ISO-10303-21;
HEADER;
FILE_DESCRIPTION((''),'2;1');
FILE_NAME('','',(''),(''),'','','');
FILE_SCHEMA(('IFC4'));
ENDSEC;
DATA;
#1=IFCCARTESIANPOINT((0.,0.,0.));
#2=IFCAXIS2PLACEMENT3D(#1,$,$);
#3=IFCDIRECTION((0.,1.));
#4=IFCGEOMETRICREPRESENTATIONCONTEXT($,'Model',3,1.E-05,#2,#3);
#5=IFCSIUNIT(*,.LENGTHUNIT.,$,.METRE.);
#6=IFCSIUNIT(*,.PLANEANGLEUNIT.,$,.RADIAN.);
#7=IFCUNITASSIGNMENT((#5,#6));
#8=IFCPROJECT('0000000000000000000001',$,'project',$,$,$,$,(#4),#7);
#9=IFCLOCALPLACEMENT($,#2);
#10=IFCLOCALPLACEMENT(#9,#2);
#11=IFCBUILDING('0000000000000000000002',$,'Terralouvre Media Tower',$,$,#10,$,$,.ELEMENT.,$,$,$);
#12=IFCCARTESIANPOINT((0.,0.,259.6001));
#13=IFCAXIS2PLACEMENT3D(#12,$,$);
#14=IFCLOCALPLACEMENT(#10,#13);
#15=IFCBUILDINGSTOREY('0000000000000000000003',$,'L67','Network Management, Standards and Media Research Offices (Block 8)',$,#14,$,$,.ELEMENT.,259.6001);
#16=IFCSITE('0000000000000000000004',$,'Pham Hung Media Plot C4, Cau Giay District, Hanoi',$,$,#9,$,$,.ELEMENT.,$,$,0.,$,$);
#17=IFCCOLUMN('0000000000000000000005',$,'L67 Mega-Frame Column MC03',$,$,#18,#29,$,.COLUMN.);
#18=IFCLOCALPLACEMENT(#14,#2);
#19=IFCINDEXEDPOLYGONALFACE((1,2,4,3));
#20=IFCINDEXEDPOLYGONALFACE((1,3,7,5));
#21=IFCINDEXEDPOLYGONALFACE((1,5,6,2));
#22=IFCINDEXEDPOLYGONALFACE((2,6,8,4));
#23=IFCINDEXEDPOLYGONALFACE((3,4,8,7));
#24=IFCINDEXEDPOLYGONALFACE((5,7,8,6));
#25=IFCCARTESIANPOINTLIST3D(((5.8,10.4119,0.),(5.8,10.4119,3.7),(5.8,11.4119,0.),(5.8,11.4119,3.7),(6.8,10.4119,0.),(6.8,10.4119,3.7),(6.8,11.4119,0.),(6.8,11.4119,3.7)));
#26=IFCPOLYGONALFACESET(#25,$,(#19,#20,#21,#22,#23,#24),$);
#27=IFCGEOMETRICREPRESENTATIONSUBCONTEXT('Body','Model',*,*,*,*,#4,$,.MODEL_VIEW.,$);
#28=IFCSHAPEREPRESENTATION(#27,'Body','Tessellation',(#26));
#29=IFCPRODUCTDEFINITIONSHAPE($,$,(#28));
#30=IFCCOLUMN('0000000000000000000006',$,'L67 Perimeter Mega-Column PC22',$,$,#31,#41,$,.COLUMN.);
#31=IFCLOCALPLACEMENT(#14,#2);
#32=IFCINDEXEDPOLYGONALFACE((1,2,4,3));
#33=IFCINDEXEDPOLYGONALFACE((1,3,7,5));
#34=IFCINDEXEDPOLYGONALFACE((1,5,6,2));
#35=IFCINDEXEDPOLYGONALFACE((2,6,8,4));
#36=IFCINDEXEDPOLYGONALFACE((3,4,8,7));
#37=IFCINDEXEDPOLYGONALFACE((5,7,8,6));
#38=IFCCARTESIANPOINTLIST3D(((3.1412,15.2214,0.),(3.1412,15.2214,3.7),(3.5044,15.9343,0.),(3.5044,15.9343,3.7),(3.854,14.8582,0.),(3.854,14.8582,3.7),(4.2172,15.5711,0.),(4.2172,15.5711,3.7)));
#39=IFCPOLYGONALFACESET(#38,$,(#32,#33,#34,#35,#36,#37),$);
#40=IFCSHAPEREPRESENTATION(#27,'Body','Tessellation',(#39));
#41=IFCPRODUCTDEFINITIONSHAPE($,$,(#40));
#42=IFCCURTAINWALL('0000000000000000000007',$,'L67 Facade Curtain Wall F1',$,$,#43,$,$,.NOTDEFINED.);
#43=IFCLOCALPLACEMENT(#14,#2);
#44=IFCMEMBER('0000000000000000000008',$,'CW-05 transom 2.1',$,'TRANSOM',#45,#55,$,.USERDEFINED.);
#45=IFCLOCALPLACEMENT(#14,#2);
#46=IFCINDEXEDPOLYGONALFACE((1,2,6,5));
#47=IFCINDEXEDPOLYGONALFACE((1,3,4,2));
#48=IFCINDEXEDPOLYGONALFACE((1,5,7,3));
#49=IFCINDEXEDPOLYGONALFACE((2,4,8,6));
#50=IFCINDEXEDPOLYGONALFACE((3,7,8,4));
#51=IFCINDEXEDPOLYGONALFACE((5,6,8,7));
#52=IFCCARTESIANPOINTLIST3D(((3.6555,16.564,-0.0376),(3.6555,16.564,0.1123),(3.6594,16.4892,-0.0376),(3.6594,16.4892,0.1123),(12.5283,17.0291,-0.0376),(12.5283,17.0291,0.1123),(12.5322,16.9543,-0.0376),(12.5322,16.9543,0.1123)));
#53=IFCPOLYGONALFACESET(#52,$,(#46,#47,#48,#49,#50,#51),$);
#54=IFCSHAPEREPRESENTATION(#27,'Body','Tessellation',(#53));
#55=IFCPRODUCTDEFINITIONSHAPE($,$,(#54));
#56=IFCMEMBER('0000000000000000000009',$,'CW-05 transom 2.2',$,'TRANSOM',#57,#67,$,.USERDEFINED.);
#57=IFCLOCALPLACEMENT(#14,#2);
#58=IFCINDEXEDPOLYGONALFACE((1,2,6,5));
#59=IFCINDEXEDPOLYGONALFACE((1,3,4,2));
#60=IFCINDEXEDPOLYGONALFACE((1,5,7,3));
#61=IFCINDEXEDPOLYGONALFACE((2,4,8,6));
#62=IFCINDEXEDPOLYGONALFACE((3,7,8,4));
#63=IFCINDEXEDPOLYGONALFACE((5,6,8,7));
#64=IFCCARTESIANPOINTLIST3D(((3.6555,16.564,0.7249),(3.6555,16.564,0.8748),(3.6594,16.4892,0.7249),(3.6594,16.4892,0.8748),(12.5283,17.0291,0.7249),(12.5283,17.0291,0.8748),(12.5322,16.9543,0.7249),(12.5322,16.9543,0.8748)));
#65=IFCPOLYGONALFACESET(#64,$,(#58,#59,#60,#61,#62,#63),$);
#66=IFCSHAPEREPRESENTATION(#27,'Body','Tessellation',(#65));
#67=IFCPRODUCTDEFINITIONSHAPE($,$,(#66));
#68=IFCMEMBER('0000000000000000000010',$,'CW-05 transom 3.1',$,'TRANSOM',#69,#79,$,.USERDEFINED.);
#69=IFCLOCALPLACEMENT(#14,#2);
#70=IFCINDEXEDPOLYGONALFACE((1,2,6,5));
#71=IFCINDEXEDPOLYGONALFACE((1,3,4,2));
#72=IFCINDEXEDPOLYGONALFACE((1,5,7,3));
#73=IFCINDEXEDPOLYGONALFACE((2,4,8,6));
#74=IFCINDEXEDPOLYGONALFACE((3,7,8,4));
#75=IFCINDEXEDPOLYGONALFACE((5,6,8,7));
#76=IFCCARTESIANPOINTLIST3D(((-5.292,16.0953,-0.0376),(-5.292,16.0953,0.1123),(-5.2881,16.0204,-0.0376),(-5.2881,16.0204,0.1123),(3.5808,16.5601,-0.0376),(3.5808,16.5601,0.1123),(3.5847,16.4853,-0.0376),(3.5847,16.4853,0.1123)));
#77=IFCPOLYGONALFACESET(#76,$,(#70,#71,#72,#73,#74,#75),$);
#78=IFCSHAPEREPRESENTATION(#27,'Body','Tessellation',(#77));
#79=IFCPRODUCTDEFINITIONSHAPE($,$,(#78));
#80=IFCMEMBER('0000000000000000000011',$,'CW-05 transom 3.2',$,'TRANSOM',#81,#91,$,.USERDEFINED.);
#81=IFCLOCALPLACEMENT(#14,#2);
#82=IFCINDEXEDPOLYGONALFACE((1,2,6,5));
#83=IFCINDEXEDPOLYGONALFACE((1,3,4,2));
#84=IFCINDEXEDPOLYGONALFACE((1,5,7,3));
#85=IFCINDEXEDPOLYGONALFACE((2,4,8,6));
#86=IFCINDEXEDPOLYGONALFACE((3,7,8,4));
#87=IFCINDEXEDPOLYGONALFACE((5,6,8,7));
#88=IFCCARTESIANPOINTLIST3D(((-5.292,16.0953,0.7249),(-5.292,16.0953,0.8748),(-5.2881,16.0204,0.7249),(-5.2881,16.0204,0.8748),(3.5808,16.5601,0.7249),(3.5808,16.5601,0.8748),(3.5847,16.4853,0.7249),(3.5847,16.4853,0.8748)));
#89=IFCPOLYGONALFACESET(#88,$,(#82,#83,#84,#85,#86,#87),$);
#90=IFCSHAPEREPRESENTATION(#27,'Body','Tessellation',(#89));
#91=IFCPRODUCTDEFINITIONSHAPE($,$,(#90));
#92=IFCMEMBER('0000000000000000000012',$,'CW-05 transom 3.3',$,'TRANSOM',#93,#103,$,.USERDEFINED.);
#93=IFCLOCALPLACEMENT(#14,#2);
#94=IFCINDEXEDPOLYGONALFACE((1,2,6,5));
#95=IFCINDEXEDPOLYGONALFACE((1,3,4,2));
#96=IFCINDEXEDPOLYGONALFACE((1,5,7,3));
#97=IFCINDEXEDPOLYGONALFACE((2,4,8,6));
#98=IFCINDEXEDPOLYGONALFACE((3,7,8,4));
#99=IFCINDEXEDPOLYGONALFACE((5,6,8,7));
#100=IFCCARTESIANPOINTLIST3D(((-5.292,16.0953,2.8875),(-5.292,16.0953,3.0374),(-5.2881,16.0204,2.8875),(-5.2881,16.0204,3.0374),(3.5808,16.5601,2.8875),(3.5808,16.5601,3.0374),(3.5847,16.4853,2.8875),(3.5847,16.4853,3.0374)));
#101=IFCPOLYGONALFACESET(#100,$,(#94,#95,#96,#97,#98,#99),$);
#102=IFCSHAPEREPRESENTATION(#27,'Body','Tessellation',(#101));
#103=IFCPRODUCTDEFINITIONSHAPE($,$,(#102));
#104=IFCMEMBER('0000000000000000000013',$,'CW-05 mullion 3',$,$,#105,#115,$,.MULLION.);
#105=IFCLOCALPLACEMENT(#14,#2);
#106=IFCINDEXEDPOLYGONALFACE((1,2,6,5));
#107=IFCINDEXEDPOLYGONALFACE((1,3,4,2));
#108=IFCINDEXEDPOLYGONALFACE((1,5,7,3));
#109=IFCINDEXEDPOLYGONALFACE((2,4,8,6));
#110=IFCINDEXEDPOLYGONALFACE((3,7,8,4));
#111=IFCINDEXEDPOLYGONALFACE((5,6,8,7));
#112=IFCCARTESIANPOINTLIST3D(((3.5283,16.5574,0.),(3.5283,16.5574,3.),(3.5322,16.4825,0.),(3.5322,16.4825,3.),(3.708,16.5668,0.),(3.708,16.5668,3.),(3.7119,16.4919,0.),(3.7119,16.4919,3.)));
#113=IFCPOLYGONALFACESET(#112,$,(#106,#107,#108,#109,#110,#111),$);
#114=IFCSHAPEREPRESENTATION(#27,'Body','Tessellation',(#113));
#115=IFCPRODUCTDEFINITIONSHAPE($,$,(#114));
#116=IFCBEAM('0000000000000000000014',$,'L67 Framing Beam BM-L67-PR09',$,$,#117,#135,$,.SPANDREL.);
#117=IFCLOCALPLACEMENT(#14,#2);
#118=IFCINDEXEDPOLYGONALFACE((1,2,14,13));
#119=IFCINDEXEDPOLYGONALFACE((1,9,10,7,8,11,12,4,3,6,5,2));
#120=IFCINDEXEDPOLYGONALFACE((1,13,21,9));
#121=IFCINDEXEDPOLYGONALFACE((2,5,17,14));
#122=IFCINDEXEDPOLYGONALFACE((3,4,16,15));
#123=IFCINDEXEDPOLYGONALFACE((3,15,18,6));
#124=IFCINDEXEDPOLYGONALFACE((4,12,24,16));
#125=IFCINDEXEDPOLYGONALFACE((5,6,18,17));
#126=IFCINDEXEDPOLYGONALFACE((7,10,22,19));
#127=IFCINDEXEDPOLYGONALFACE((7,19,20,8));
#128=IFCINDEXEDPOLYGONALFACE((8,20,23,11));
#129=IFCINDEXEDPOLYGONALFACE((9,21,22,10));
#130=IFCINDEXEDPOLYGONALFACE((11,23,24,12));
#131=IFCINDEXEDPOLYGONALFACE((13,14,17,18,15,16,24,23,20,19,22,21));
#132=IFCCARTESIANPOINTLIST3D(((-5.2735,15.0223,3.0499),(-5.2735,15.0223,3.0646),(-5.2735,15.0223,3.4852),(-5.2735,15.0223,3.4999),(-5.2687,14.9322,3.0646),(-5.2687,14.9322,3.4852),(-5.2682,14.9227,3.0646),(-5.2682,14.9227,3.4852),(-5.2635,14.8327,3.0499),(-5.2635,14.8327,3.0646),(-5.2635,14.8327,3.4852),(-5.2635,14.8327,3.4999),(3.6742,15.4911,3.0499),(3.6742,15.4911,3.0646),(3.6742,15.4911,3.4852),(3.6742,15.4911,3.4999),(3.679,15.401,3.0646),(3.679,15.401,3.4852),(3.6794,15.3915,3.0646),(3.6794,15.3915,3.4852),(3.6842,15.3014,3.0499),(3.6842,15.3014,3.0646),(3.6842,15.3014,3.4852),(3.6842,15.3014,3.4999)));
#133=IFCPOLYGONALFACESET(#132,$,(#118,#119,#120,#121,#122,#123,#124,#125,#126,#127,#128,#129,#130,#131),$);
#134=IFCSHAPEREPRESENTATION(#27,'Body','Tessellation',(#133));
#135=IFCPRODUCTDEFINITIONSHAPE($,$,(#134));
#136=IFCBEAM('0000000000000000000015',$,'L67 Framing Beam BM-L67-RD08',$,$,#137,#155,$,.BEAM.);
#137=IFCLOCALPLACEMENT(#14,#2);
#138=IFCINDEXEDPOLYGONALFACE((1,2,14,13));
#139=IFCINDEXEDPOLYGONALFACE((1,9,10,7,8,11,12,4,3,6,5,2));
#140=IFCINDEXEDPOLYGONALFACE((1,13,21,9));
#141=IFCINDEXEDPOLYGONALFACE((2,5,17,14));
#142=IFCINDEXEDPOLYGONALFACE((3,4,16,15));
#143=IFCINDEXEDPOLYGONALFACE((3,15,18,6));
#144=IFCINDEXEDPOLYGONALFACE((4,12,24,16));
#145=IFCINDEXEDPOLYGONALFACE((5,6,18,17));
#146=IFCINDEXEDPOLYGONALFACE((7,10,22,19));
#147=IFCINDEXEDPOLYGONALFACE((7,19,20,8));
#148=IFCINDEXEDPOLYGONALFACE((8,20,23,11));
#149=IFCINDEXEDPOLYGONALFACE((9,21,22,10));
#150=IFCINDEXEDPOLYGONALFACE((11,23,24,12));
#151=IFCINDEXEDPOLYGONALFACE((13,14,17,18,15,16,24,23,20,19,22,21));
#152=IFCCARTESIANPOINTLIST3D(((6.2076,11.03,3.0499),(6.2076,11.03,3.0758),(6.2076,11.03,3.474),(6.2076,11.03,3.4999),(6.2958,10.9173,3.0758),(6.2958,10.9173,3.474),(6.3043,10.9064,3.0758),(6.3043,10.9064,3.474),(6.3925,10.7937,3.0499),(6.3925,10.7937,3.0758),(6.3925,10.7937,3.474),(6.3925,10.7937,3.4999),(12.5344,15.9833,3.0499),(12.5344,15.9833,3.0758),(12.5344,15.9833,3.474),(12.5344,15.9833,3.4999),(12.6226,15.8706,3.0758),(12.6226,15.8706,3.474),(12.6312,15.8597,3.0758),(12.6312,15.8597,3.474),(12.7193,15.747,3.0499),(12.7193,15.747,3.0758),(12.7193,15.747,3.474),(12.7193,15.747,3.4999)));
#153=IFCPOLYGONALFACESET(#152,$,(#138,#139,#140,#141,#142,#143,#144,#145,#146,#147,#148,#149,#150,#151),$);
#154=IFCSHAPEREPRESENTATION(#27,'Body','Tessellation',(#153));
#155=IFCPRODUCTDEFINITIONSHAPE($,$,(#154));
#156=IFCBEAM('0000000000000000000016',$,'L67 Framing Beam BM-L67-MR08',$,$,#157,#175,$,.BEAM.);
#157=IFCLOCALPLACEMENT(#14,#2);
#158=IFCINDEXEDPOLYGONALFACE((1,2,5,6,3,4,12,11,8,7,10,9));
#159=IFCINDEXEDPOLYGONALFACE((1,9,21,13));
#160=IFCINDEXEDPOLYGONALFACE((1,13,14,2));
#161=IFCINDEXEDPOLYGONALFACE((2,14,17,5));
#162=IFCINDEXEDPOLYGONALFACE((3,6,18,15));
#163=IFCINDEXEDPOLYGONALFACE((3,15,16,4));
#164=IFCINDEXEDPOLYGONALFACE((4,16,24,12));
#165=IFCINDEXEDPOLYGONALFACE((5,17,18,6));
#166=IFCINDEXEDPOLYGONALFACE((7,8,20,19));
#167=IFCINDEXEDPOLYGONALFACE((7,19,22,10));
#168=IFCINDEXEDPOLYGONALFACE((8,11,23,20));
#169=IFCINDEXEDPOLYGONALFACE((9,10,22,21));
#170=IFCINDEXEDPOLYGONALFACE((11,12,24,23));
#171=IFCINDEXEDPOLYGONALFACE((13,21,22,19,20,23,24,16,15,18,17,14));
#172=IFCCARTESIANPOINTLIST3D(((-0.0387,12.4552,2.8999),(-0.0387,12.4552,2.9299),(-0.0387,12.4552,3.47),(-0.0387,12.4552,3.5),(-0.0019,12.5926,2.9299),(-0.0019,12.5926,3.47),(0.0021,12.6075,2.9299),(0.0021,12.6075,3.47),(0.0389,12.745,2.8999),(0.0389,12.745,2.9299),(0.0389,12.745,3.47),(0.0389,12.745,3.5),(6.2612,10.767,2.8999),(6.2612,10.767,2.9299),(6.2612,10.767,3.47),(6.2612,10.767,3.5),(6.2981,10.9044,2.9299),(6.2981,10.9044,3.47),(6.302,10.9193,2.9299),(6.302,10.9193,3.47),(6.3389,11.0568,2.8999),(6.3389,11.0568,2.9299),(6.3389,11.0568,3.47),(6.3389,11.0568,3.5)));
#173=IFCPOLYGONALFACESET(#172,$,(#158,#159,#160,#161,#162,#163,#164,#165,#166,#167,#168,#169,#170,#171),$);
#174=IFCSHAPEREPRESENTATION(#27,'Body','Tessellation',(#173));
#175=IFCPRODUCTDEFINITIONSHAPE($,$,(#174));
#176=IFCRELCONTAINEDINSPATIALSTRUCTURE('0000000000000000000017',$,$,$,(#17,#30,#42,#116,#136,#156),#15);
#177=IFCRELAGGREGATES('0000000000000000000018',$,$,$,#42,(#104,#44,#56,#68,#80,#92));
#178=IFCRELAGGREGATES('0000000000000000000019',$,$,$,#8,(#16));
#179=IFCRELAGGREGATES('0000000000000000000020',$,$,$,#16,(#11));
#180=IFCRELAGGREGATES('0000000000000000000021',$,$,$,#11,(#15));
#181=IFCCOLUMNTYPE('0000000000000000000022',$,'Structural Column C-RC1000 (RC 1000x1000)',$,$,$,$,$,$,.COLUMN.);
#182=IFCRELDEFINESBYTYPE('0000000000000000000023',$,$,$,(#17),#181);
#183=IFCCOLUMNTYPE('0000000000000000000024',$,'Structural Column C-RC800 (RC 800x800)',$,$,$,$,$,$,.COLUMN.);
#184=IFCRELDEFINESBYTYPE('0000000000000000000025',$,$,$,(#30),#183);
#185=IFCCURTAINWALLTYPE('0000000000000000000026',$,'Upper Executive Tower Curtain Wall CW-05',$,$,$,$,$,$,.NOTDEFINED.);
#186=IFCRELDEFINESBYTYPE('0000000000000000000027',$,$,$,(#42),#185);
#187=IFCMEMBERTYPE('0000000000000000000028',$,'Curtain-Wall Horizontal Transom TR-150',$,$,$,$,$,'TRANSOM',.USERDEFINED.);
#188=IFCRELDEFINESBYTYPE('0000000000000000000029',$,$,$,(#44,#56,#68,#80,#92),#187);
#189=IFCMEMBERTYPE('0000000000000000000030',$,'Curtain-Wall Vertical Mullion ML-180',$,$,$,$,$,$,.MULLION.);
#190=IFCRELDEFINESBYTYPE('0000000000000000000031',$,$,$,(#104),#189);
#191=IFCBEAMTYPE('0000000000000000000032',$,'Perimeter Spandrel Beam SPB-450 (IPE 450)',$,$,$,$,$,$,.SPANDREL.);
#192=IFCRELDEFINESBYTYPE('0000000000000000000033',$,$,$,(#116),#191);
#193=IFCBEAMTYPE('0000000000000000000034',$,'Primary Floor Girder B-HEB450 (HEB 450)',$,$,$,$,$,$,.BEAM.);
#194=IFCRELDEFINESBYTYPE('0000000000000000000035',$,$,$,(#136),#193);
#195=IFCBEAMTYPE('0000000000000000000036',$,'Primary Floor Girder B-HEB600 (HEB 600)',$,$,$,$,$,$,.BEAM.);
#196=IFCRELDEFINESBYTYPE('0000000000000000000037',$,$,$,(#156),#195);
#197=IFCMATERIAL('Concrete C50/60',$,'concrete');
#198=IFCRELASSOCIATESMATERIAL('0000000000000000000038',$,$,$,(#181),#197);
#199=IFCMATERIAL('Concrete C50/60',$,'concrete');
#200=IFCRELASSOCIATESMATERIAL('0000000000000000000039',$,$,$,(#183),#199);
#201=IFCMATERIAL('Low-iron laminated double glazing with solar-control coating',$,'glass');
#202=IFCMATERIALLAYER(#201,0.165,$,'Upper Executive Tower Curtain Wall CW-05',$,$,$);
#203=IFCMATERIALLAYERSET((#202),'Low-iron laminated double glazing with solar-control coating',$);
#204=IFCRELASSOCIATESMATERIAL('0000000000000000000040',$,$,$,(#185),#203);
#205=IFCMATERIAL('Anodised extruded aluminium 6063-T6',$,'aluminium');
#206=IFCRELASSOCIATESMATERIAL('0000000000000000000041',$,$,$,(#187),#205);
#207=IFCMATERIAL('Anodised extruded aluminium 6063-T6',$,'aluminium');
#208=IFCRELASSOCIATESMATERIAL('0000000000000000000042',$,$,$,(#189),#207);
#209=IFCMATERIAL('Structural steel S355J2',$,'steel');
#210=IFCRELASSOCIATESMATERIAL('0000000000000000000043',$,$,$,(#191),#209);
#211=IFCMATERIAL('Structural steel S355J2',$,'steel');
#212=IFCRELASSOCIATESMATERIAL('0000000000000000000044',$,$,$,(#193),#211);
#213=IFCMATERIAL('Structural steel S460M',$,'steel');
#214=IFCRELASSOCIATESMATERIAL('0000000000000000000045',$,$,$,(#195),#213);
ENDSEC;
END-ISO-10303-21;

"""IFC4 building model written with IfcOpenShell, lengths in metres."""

from ifc_helpers import new_model, si_unit, direction, frame, origin, origin_2d, place, context, subcontext, project, spatial, rectangle, i_section, extrude, material, layer, layer_set, material_profile, profile_set, type_object, element, aggregate, save


model = new_model("IFC4")

# Units and contexts
model_context = context("Model", 3, precision=1e-05, world=origin(), true_north=direction((0.0, 1.0)))
body_context = subcontext(model_context, "Body", "Model", "MODEL_VIEW")
ifc_project = project(units=[si_unit("LENGTHUNIT", "METRE"), si_unit("PLANEANGLEUNIT", "RADIAN")], contexts=[model_context])

# Site, building, storey
site_placement = place(None, origin())
site = spatial("IfcSite", under=ifc_project, at=site_placement, Name="Pham Hung Media Plot C4, Cau Giay District, Hanoi", CompositionType="ELEMENT", RefElevation=0.0)
building_placement = place(site_placement, origin())
building = spatial("IfcBuilding", under=site, at=building_placement, Name="Terralouvre Media Tower", CompositionType="ELEMENT")
storey_placement = place(building_placement, frame((0.0, 0.0, 259.6001)))
storey = spatial("IfcBuildingStorey", under=building, at=storey_placement, Name="L67", Description="Network Management, Standards and Media Research Offices (Block 8)", CompositionType="ELEMENT", Elevation=259.6001)

# Columns
ifc_material_1 = material(Name="Concrete C50/60", Category="concrete")
ifc_material_profile_1 = material_profile(ifc_material_1, rectangle(XDim=1.0, YDim=1.0, at=origin_2d()), Name="RC 1000x1000")
ifc_profile_set_1 = profile_set([ifc_material_profile_1], Name="Concrete C50/60")
column_type_1 = type_object("IfcColumnType", Name="Structural Column C-RC1000 (RC 1000x1000)", PredefinedType="COLUMN", material=ifc_profile_set_1)
column_1_placement = place(storey_placement, frame((6.3, 10.9119, 0.0), z_axis=(0.0, 0.0, 1.0), x_axis=(1.0, 0.0, 0.0)))
element("IfcColumn", 1, at=column_1_placement, inside=storey, type_object=column_type_1, Name="L67 Mega-Frame Column MC03", PredefinedType="COLUMN", context=body_context, shape_type="SweptSolid", body=[
    extrude(rectangle(XDim=1.0, YDim=1.0, at=origin_2d()), origin(), (0.0, 0.0, 1.0), 3.7),
])
ifc_material_2 = material(Name="Concrete C50/60", Category="concrete")
ifc_material_profile_2 = material_profile(ifc_material_2, rectangle(XDim=0.8, YDim=0.8, at=origin_2d()), Name="RC 800x800")
ifc_profile_set_2 = profile_set([ifc_material_profile_2], Name="Concrete C50/60")
column_type_2 = type_object("IfcColumnType", Name="Structural Column C-RC800 (RC 800x800)", PredefinedType="COLUMN", material=ifc_profile_set_2)
column_2_placement = place(storey_placement, frame((3.6792, 15.3962, 0.0), z_axis=(0.0, 0.0, 1.0), x_axis=(0.45399, 0.891007, 0.0)))
element("IfcColumn", 2, at=column_2_placement, inside=storey, type_object=column_type_2, Name="L67 Perimeter Mega-Column PC22", PredefinedType="COLUMN", context=body_context, shape_type="SweptSolid", body=[
    extrude(rectangle(XDim=0.8, YDim=0.8, at=origin_2d()), origin(), (0.0, 0.0, 1.0), 3.7),
])

# Curtain wall, members
ifc_material_3 = material(Name="Low-iron laminated double glazing with solar-control coating", Category="glass")
ifc_layer_1 = layer(ifc_material_3, 0.165, Name="Upper Executive Tower Curtain Wall CW-05")
ifc_layer_set_1 = layer_set([ifc_layer_1], Name="Low-iron laminated double glazing with solar-control coating")
curtain_wall_type = type_object("IfcCurtainWallType", Name="Upper Executive Tower Curtain Wall CW-05", PredefinedType="NOTDEFINED", material=ifc_layer_set_1)
curtain_wall_placement = place(storey_placement, origin())
curtain_wall = element("IfcCurtainWall", 3, at=curtain_wall_placement, inside=storey, type_object=curtain_wall_type, Name="L67 Facade Curtain Wall F1", PredefinedType="NOTDEFINED")
ifc_material_4 = material(Name="Anodised extruded aluminium 6063-T6", Category="aluminium")
ifc_material_profile_3 = material_profile(ifc_material_4, rectangle(XDim=0.075, YDim=0.1499, at=origin_2d()), Name="ALU 75x150")
ifc_profile_set_3 = profile_set([ifc_material_profile_3], Name="Anodised extruded aluminium 6063-T6")
member_type_1 = type_object("IfcMemberType", Name="Curtain-Wall Horizontal Transom TR-150", ElementType="TRANSOM", PredefinedType="USERDEFINED", material=ifc_profile_set_3)
member_1_placement = place(storey_placement, frame((12.5303, 16.9917, 0.0374), z_axis=(-0.998629, -0.052345, 0.0), x_axis=(0.052345, -0.998629, 0.0)))
member_1 = element("IfcMember", 4, at=member_1_placement, type_object=member_type_1, Name="CW-05 transom 2.1", ObjectType="TRANSOM", PredefinedType="USERDEFINED", context=body_context, shape_type="SweptSolid", body=[
    extrude(rectangle(XDim=0.075, YDim=0.1499, at=origin_2d()), origin(), (0.0, 0.0, 1.0), 8.885),
])
member_2_placement = place(storey_placement, frame((12.5303, 16.9917, 0.7998), z_axis=(-0.998629, -0.052345, 0.0), x_axis=(0.052345, -0.998629, 0.0)))
member_2 = element("IfcMember", 5, at=member_2_placement, type_object=member_type_1, Name="CW-05 transom 2.2", ObjectType="TRANSOM", PredefinedType="USERDEFINED", context=body_context, shape_type="SweptSolid", body=[
    extrude(rectangle(XDim=0.075, YDim=0.1499, at=origin_2d()), origin(), (0.0, 0.0, 1.0), 8.885),
])
member_3_placement = place(storey_placement, frame((3.5828, 16.5227, 0.0374), z_axis=(-0.99863, -0.052318, 0.0), x_axis=(0.052318, -0.99863, 0.0)))
member_3 = element("IfcMember", 6, at=member_3_placement, type_object=member_type_1, Name="CW-05 transom 3.1", ObjectType="TRANSOM", PredefinedType="USERDEFINED", context=body_context, shape_type="SweptSolid", body=[
    extrude(rectangle(XDim=0.075, YDim=0.1499, at=origin_2d()), origin(), (0.0, 0.0, 1.0), 8.885),
])
member_4_placement = place(storey_placement, frame((3.5828, 16.5227, 0.7998), z_axis=(-0.99863, -0.052318, 0.0), x_axis=(0.052318, -0.99863, 0.0)))
member_4 = element("IfcMember", 7, at=member_4_placement, type_object=member_type_1, Name="CW-05 transom 3.2", ObjectType="TRANSOM", PredefinedType="USERDEFINED", context=body_context, shape_type="SweptSolid", body=[
    extrude(rectangle(XDim=0.075, YDim=0.1499, at=origin_2d()), origin(), (0.0, 0.0, 1.0), 8.885),
])
member_5_placement = place(storey_placement, frame((3.5828, 16.5227, 2.9624), z_axis=(-0.99863, -0.052318, 0.0), x_axis=(0.052318, -0.99863, 0.0)))
member_5 = element("IfcMember", 8, at=member_5_placement, type_object=member_type_1, Name="CW-05 transom 3.3", ObjectType="TRANSOM", PredefinedType="USERDEFINED", context=body_context, shape_type="SweptSolid", body=[
    extrude(rectangle(XDim=0.075, YDim=0.1499, at=origin_2d()), origin(), (0.0, 0.0, 1.0), 8.885),
])
ifc_material_5 = material(Name="Anodised extruded aluminium 6063-T6", Category="aluminium")
ifc_material_profile_4 = material_profile(ifc_material_5, rectangle(XDim=0.075, YDim=0.1799, at=origin_2d()), Name="ALU 75x180")
ifc_profile_set_4 = profile_set([ifc_material_profile_4], Name="Anodised extruded aluminium 6063-T6")
member_type_2 = type_object("IfcMemberType", Name="Curtain-Wall Vertical Mullion ML-180", PredefinedType="MULLION", material=ifc_profile_set_4)
member_6_placement = place(storey_placement, frame((3.6201, 16.5247, 0.0), z_axis=(0.0, 0.0, 1.0), x_axis=(0.052336, -0.99863, 0.0)))
member_6 = element("IfcMember", 9, at=member_6_placement, type_object=member_type_2, Name="CW-05 mullion 3", PredefinedType="MULLION", context=body_context, shape_type="SweptSolid", body=[
    extrude(rectangle(XDim=0.075, YDim=0.1799, at=origin_2d()), origin(), (0.0, 0.0, 1.0), 3.0),
])

# Beams
ifc_material_6 = material(Name="Structural steel S355J2", Category="steel")
ifc_material_profile_5 = material_profile(ifc_material_6, i_section(OverallWidth=0.1899, OverallDepth=0.45, WebThickness=0.0095, FlangeThickness=0.0146, at=origin_2d()), Name="IPE 450")
ifc_profile_set_5 = profile_set([ifc_material_profile_5], Name="Structural steel S355J2")
beam_type_1 = type_object("IfcBeamType", Name="Perimeter Spandrel Beam SPB-450 (IPE 450)", PredefinedType="SPANDREL", material=ifc_profile_set_5)
beam_1_placement = place(storey_placement, frame((3.6792, 15.3962, 3.2749), z_axis=(-0.998631, -0.052316, 0.0), x_axis=(0.052316, -0.998631, 0.0)))
element("IfcBeam", 10, at=beam_1_placement, inside=storey, type_object=beam_type_1, Name="L67 Framing Beam BM-L67-PR09", PredefinedType="SPANDREL", context=body_context, shape_type="SweptSolid", body=[
    extrude(i_section(OverallWidth=0.1899, OverallDepth=0.45, WebThickness=0.0095, FlangeThickness=0.0146, at=origin_2d()), origin(), (0.0, 0.0, 1.0), 8.96),
])
ifc_material_7 = material(Name="Structural steel S355J2", Category="steel")
ifc_material_profile_6 = material_profile(ifc_material_7, i_section(OverallWidth=0.3, OverallDepth=0.45, WebThickness=0.0139, FlangeThickness=0.0259, at=origin_2d()), Name="HEB 450")
ifc_profile_set_6 = profile_set([ifc_material_profile_6], Name="Structural steel S355J2")
beam_type_2 = type_object("IfcBeamType", Name="Primary Floor Girder B-HEB450 (HEB 450)", PredefinedType="BEAM", material=ifc_profile_set_6)
beam_2_placement = place(storey_placement, frame((6.3, 10.9119, 3.2749), z_axis=(0.787392, 0.616453, 0.0), x_axis=(-0.616453, 0.787392, 0.0)))
element("IfcBeam", 11, at=beam_2_placement, inside=storey, type_object=beam_type_2, Name="L67 Framing Beam BM-L67-RD08", PredefinedType="BEAM", context=body_context, shape_type="SweptSolid", body=[
    extrude(i_section(OverallWidth=0.3, OverallDepth=0.45, WebThickness=0.0139, FlangeThickness=0.0259, at=origin_2d()), origin(), (0.0, 0.0, 1.0), 8.0352),
])
ifc_material_8 = material(Name="Structural steel S460M", Category="steel")
ifc_material_profile_7 = material_profile(ifc_material_8, i_section(OverallWidth=0.3, OverallDepth=0.6001, WebThickness=0.0154, FlangeThickness=0.03, at=origin_2d()), Name="HEB 600")
ifc_profile_set_7 = profile_set([ifc_material_profile_7], Name="Structural steel S460M")
beam_type_3 = type_object("IfcBeamType", Name="Primary Floor Girder B-HEB600 (HEB 600)", PredefinedType="BEAM", material=ifc_profile_set_7)
beam_3_placement = place(storey_placement, frame((6.3, 10.9119, 3.2), z_axis=(-0.96592, 0.258839, 0.0), x_axis=(-0.258839, -0.96592, 0.0)))
element("IfcBeam", 12, at=beam_3_placement, inside=storey, type_object=beam_type_3, Name="L67 Framing Beam BM-L67-MR08", PredefinedType="BEAM", context=body_context, shape_type="SweptSolid", body=[
    extrude(i_section(OverallWidth=0.3, OverallDepth=0.6001, WebThickness=0.0154, FlangeThickness=0.03, at=origin_2d()), origin(), (0.0, 0.0, 1.0), 6.5222),
])

aggregate(curtain_wall, [member_6, member_1, member_2, member_3, member_4, member_5])

save(model, "model.ifc")
